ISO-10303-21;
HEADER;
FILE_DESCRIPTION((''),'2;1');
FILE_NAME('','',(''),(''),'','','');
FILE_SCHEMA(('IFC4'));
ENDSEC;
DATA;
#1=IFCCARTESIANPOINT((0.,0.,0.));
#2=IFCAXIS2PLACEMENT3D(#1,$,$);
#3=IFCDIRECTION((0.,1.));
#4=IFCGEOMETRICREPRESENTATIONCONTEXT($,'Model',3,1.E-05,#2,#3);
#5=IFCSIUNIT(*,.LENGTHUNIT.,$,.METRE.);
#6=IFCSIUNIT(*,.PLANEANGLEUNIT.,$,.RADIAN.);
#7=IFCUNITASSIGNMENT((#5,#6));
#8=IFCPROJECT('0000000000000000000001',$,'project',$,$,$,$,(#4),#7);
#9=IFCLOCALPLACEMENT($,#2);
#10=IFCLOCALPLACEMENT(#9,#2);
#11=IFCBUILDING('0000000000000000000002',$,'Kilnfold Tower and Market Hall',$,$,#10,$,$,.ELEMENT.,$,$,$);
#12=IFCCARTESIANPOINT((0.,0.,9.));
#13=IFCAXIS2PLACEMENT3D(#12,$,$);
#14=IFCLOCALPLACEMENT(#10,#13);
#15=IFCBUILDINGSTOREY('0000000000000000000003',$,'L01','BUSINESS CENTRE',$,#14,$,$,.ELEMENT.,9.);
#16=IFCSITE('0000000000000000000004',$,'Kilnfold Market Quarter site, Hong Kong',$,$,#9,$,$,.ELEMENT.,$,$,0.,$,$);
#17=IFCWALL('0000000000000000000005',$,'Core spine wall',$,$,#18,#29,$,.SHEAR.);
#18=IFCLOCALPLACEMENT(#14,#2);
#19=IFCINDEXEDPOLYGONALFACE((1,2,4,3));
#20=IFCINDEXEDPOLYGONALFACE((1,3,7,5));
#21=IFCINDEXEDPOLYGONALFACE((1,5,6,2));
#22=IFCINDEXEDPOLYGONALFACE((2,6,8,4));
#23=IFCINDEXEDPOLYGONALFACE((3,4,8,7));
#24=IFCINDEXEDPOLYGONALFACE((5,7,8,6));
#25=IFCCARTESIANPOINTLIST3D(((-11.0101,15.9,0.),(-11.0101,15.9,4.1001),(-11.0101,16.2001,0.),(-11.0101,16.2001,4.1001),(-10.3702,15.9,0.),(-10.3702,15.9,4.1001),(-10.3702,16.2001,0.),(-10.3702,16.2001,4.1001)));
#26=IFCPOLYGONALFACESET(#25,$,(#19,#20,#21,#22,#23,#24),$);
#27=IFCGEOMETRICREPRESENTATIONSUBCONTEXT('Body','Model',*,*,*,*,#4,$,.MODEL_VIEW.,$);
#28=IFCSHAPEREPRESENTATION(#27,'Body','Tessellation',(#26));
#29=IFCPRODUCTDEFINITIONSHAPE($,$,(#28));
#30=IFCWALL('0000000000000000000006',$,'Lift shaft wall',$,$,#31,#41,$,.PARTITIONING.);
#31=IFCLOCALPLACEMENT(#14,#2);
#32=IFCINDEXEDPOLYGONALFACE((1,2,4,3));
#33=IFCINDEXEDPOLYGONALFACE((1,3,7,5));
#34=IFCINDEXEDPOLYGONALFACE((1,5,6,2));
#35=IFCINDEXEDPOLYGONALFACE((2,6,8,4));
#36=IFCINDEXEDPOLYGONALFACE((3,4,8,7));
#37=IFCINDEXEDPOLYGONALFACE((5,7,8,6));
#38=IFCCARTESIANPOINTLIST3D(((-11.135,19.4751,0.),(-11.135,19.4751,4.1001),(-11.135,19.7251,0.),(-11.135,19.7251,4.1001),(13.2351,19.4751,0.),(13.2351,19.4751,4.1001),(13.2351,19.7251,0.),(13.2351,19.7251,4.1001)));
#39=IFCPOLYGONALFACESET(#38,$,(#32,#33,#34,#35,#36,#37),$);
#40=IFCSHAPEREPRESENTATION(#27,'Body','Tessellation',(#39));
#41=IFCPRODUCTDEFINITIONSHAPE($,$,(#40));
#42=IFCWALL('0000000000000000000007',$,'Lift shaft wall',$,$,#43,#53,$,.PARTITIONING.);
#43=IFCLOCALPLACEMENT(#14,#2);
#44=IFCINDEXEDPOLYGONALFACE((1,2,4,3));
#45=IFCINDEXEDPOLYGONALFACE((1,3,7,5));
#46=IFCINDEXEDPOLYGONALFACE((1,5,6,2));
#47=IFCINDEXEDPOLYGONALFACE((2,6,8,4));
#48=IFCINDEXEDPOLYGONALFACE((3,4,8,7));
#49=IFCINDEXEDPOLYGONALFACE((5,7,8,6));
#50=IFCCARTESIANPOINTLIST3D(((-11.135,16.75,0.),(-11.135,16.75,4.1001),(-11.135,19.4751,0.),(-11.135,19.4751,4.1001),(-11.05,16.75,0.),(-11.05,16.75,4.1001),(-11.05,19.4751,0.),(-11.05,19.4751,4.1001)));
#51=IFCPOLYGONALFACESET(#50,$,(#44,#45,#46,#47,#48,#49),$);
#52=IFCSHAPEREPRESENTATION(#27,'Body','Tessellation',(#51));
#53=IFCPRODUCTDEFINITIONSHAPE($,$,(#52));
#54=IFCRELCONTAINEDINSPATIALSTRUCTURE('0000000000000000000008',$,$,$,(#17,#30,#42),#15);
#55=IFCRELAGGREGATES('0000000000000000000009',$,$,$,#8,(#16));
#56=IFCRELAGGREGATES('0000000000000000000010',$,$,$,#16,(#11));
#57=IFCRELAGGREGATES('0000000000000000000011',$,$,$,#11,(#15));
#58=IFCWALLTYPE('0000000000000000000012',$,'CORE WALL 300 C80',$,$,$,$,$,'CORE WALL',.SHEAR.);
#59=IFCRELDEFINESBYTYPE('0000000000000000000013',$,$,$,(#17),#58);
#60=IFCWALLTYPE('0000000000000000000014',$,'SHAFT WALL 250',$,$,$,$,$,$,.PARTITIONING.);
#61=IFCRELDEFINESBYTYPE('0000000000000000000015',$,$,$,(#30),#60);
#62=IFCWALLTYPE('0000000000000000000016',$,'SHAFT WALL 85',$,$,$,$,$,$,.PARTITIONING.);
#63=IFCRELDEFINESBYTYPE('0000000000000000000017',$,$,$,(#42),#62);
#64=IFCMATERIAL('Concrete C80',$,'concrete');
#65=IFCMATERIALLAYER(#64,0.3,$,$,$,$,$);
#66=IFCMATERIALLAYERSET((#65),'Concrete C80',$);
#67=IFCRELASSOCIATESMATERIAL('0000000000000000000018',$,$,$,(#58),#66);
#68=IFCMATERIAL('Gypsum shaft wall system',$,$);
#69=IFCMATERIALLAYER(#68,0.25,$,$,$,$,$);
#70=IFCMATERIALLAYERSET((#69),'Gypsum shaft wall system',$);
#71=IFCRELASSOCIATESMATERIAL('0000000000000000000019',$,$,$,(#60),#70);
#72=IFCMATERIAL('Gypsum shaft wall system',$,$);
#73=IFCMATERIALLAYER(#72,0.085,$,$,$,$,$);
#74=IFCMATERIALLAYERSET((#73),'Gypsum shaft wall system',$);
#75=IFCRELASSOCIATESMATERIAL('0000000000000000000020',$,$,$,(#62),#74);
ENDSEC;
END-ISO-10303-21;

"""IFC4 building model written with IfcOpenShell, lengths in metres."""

from ifc_helpers import new_model, si_unit, direction, frame, frame_2d, origin, place, context, subcontext, project, spatial, rectangle, extrude, source, transform, mapped, material, layer, layer_set, type_object, element, save


model = new_model("IFC4")

# Units and contexts
model_context = context("Model", 3, precision=1e-05, world=origin(), true_north=direction((0.0, 1.0)))
body_context = subcontext(model_context, "Body", "Model", "MODEL_VIEW")
ifc_project = project(units=[si_unit("LENGTHUNIT", "METRE"), si_unit("PLANEANGLEUNIT", "RADIAN")], contexts=[model_context])

# Site, building, storey
site_placement = place(None, origin())
site = spatial("IfcSite", under=ifc_project, at=site_placement, Name="Kilnfold Market Quarter site, Hong Kong", CompositionType="ELEMENT", RefElevation=0.0)
building_placement = place(site_placement, origin())
building = spatial("IfcBuilding", under=site, at=building_placement, Name="Kilnfold Tower and Market Hall", CompositionType="ELEMENT")
storey_placement = place(building_placement, frame((0.0, 0.0, 9.0)))
storey = spatial("IfcBuildingStorey", under=building, at=storey_placement, Name="L01", Description="BUSINESS CENTRE", CompositionType="ELEMENT", Elevation=9.0)

# Walls
ifc_material_1 = material(Name="Concrete C80", Category="concrete")
ifc_layer_1 = layer(ifc_material_1, 0.3)
ifc_layer_set_1 = layer_set([ifc_layer_1], Name="Concrete C80")
wall_type_1 = type_object("IfcWallType", Name="CORE WALL 300 C80", ElementType="CORE WALL", PredefinedType="SHEAR", material=ifc_layer_set_1)
shared_shape_1 = source(origin(), body_context, "Body", "SweptSolid", [
    extrude(rectangle(XDim=0.6399, YDim=0.3, at=frame_2d((0.3198, 0.0))), origin(), (0.0, 0.0, 1.0), 4.1001),
])
wall_1_placement = place(storey_placement, frame((-11.01, 16.05, 0.0), z_axis=(0.0, 0.0, 1.0), x_axis=(1.0, 0.0, 0.0)))
element("IfcWall", 1, at=wall_1_placement, inside=storey, type_object=wall_type_1, Name="Core spine wall", PredefinedType="SHEAR", context=body_context, shape_type="MappedRepresentation", body=[
    mapped(shared_shape_1, transform((0.0, 0.0, 0.0))),
])
ifc_material_2 = material(Name="Gypsum shaft wall system")
ifc_layer_2 = layer(ifc_material_2, 0.25)
ifc_layer_set_2 = layer_set([ifc_layer_2], Name="Gypsum shaft wall system")
wall_type_2 = type_object("IfcWallType", Name="SHAFT WALL 250", PredefinedType="PARTITIONING", material=ifc_layer_set_2)
shared_shape_2 = source(origin(), body_context, "Body", "SweptSolid", [
    extrude(rectangle(XDim=24.3701, YDim=0.25, at=frame_2d((12.1851, 0.0))), origin(), (0.0, 0.0, 1.0), 4.1001),
])
wall_2_placement = place(storey_placement, frame((-11.135, 19.6001, 0.0), z_axis=(0.0, 0.0, 1.0), x_axis=(1.0, 0.0, 0.0)))
element("IfcWall", 2, at=wall_2_placement, inside=storey, type_object=wall_type_2, Name="Lift shaft wall", PredefinedType="PARTITIONING", context=body_context, shape_type="MappedRepresentation", body=[
    mapped(shared_shape_2, transform((0.0, 0.0, 0.0))),
])
ifc_material_3 = material(Name="Gypsum shaft wall system")
ifc_layer_3 = layer(ifc_material_3, 0.085)
ifc_layer_set_3 = layer_set([ifc_layer_3], Name="Gypsum shaft wall system")
wall_type_3 = type_object("IfcWallType", Name="SHAFT WALL 85", PredefinedType="PARTITIONING", material=ifc_layer_set_3)
shared_shape_3 = source(origin(), body_context, "Body", "SweptSolid", [
    extrude(rectangle(XDim=2.7251, YDim=0.085, at=frame_2d((1.3625, 0.0))), origin(), (0.0, 0.0, 1.0), 4.1001),
])
wall_3_placement = place(storey_placement, frame((-11.0925, 16.75, 0.0), z_axis=(0.0, 0.0, 1.0), x_axis=(0.0, 1.0, 0.0)))
element("IfcWall", 3, at=wall_3_placement, inside=storey, type_object=wall_type_3, Name="Lift shaft wall", PredefinedType="PARTITIONING", context=body_context, shape_type="MappedRepresentation", body=[
    mapped(shared_shape_3, transform((0.0, 0.0, 0.0))),
])

save(model, "model.ifc")
